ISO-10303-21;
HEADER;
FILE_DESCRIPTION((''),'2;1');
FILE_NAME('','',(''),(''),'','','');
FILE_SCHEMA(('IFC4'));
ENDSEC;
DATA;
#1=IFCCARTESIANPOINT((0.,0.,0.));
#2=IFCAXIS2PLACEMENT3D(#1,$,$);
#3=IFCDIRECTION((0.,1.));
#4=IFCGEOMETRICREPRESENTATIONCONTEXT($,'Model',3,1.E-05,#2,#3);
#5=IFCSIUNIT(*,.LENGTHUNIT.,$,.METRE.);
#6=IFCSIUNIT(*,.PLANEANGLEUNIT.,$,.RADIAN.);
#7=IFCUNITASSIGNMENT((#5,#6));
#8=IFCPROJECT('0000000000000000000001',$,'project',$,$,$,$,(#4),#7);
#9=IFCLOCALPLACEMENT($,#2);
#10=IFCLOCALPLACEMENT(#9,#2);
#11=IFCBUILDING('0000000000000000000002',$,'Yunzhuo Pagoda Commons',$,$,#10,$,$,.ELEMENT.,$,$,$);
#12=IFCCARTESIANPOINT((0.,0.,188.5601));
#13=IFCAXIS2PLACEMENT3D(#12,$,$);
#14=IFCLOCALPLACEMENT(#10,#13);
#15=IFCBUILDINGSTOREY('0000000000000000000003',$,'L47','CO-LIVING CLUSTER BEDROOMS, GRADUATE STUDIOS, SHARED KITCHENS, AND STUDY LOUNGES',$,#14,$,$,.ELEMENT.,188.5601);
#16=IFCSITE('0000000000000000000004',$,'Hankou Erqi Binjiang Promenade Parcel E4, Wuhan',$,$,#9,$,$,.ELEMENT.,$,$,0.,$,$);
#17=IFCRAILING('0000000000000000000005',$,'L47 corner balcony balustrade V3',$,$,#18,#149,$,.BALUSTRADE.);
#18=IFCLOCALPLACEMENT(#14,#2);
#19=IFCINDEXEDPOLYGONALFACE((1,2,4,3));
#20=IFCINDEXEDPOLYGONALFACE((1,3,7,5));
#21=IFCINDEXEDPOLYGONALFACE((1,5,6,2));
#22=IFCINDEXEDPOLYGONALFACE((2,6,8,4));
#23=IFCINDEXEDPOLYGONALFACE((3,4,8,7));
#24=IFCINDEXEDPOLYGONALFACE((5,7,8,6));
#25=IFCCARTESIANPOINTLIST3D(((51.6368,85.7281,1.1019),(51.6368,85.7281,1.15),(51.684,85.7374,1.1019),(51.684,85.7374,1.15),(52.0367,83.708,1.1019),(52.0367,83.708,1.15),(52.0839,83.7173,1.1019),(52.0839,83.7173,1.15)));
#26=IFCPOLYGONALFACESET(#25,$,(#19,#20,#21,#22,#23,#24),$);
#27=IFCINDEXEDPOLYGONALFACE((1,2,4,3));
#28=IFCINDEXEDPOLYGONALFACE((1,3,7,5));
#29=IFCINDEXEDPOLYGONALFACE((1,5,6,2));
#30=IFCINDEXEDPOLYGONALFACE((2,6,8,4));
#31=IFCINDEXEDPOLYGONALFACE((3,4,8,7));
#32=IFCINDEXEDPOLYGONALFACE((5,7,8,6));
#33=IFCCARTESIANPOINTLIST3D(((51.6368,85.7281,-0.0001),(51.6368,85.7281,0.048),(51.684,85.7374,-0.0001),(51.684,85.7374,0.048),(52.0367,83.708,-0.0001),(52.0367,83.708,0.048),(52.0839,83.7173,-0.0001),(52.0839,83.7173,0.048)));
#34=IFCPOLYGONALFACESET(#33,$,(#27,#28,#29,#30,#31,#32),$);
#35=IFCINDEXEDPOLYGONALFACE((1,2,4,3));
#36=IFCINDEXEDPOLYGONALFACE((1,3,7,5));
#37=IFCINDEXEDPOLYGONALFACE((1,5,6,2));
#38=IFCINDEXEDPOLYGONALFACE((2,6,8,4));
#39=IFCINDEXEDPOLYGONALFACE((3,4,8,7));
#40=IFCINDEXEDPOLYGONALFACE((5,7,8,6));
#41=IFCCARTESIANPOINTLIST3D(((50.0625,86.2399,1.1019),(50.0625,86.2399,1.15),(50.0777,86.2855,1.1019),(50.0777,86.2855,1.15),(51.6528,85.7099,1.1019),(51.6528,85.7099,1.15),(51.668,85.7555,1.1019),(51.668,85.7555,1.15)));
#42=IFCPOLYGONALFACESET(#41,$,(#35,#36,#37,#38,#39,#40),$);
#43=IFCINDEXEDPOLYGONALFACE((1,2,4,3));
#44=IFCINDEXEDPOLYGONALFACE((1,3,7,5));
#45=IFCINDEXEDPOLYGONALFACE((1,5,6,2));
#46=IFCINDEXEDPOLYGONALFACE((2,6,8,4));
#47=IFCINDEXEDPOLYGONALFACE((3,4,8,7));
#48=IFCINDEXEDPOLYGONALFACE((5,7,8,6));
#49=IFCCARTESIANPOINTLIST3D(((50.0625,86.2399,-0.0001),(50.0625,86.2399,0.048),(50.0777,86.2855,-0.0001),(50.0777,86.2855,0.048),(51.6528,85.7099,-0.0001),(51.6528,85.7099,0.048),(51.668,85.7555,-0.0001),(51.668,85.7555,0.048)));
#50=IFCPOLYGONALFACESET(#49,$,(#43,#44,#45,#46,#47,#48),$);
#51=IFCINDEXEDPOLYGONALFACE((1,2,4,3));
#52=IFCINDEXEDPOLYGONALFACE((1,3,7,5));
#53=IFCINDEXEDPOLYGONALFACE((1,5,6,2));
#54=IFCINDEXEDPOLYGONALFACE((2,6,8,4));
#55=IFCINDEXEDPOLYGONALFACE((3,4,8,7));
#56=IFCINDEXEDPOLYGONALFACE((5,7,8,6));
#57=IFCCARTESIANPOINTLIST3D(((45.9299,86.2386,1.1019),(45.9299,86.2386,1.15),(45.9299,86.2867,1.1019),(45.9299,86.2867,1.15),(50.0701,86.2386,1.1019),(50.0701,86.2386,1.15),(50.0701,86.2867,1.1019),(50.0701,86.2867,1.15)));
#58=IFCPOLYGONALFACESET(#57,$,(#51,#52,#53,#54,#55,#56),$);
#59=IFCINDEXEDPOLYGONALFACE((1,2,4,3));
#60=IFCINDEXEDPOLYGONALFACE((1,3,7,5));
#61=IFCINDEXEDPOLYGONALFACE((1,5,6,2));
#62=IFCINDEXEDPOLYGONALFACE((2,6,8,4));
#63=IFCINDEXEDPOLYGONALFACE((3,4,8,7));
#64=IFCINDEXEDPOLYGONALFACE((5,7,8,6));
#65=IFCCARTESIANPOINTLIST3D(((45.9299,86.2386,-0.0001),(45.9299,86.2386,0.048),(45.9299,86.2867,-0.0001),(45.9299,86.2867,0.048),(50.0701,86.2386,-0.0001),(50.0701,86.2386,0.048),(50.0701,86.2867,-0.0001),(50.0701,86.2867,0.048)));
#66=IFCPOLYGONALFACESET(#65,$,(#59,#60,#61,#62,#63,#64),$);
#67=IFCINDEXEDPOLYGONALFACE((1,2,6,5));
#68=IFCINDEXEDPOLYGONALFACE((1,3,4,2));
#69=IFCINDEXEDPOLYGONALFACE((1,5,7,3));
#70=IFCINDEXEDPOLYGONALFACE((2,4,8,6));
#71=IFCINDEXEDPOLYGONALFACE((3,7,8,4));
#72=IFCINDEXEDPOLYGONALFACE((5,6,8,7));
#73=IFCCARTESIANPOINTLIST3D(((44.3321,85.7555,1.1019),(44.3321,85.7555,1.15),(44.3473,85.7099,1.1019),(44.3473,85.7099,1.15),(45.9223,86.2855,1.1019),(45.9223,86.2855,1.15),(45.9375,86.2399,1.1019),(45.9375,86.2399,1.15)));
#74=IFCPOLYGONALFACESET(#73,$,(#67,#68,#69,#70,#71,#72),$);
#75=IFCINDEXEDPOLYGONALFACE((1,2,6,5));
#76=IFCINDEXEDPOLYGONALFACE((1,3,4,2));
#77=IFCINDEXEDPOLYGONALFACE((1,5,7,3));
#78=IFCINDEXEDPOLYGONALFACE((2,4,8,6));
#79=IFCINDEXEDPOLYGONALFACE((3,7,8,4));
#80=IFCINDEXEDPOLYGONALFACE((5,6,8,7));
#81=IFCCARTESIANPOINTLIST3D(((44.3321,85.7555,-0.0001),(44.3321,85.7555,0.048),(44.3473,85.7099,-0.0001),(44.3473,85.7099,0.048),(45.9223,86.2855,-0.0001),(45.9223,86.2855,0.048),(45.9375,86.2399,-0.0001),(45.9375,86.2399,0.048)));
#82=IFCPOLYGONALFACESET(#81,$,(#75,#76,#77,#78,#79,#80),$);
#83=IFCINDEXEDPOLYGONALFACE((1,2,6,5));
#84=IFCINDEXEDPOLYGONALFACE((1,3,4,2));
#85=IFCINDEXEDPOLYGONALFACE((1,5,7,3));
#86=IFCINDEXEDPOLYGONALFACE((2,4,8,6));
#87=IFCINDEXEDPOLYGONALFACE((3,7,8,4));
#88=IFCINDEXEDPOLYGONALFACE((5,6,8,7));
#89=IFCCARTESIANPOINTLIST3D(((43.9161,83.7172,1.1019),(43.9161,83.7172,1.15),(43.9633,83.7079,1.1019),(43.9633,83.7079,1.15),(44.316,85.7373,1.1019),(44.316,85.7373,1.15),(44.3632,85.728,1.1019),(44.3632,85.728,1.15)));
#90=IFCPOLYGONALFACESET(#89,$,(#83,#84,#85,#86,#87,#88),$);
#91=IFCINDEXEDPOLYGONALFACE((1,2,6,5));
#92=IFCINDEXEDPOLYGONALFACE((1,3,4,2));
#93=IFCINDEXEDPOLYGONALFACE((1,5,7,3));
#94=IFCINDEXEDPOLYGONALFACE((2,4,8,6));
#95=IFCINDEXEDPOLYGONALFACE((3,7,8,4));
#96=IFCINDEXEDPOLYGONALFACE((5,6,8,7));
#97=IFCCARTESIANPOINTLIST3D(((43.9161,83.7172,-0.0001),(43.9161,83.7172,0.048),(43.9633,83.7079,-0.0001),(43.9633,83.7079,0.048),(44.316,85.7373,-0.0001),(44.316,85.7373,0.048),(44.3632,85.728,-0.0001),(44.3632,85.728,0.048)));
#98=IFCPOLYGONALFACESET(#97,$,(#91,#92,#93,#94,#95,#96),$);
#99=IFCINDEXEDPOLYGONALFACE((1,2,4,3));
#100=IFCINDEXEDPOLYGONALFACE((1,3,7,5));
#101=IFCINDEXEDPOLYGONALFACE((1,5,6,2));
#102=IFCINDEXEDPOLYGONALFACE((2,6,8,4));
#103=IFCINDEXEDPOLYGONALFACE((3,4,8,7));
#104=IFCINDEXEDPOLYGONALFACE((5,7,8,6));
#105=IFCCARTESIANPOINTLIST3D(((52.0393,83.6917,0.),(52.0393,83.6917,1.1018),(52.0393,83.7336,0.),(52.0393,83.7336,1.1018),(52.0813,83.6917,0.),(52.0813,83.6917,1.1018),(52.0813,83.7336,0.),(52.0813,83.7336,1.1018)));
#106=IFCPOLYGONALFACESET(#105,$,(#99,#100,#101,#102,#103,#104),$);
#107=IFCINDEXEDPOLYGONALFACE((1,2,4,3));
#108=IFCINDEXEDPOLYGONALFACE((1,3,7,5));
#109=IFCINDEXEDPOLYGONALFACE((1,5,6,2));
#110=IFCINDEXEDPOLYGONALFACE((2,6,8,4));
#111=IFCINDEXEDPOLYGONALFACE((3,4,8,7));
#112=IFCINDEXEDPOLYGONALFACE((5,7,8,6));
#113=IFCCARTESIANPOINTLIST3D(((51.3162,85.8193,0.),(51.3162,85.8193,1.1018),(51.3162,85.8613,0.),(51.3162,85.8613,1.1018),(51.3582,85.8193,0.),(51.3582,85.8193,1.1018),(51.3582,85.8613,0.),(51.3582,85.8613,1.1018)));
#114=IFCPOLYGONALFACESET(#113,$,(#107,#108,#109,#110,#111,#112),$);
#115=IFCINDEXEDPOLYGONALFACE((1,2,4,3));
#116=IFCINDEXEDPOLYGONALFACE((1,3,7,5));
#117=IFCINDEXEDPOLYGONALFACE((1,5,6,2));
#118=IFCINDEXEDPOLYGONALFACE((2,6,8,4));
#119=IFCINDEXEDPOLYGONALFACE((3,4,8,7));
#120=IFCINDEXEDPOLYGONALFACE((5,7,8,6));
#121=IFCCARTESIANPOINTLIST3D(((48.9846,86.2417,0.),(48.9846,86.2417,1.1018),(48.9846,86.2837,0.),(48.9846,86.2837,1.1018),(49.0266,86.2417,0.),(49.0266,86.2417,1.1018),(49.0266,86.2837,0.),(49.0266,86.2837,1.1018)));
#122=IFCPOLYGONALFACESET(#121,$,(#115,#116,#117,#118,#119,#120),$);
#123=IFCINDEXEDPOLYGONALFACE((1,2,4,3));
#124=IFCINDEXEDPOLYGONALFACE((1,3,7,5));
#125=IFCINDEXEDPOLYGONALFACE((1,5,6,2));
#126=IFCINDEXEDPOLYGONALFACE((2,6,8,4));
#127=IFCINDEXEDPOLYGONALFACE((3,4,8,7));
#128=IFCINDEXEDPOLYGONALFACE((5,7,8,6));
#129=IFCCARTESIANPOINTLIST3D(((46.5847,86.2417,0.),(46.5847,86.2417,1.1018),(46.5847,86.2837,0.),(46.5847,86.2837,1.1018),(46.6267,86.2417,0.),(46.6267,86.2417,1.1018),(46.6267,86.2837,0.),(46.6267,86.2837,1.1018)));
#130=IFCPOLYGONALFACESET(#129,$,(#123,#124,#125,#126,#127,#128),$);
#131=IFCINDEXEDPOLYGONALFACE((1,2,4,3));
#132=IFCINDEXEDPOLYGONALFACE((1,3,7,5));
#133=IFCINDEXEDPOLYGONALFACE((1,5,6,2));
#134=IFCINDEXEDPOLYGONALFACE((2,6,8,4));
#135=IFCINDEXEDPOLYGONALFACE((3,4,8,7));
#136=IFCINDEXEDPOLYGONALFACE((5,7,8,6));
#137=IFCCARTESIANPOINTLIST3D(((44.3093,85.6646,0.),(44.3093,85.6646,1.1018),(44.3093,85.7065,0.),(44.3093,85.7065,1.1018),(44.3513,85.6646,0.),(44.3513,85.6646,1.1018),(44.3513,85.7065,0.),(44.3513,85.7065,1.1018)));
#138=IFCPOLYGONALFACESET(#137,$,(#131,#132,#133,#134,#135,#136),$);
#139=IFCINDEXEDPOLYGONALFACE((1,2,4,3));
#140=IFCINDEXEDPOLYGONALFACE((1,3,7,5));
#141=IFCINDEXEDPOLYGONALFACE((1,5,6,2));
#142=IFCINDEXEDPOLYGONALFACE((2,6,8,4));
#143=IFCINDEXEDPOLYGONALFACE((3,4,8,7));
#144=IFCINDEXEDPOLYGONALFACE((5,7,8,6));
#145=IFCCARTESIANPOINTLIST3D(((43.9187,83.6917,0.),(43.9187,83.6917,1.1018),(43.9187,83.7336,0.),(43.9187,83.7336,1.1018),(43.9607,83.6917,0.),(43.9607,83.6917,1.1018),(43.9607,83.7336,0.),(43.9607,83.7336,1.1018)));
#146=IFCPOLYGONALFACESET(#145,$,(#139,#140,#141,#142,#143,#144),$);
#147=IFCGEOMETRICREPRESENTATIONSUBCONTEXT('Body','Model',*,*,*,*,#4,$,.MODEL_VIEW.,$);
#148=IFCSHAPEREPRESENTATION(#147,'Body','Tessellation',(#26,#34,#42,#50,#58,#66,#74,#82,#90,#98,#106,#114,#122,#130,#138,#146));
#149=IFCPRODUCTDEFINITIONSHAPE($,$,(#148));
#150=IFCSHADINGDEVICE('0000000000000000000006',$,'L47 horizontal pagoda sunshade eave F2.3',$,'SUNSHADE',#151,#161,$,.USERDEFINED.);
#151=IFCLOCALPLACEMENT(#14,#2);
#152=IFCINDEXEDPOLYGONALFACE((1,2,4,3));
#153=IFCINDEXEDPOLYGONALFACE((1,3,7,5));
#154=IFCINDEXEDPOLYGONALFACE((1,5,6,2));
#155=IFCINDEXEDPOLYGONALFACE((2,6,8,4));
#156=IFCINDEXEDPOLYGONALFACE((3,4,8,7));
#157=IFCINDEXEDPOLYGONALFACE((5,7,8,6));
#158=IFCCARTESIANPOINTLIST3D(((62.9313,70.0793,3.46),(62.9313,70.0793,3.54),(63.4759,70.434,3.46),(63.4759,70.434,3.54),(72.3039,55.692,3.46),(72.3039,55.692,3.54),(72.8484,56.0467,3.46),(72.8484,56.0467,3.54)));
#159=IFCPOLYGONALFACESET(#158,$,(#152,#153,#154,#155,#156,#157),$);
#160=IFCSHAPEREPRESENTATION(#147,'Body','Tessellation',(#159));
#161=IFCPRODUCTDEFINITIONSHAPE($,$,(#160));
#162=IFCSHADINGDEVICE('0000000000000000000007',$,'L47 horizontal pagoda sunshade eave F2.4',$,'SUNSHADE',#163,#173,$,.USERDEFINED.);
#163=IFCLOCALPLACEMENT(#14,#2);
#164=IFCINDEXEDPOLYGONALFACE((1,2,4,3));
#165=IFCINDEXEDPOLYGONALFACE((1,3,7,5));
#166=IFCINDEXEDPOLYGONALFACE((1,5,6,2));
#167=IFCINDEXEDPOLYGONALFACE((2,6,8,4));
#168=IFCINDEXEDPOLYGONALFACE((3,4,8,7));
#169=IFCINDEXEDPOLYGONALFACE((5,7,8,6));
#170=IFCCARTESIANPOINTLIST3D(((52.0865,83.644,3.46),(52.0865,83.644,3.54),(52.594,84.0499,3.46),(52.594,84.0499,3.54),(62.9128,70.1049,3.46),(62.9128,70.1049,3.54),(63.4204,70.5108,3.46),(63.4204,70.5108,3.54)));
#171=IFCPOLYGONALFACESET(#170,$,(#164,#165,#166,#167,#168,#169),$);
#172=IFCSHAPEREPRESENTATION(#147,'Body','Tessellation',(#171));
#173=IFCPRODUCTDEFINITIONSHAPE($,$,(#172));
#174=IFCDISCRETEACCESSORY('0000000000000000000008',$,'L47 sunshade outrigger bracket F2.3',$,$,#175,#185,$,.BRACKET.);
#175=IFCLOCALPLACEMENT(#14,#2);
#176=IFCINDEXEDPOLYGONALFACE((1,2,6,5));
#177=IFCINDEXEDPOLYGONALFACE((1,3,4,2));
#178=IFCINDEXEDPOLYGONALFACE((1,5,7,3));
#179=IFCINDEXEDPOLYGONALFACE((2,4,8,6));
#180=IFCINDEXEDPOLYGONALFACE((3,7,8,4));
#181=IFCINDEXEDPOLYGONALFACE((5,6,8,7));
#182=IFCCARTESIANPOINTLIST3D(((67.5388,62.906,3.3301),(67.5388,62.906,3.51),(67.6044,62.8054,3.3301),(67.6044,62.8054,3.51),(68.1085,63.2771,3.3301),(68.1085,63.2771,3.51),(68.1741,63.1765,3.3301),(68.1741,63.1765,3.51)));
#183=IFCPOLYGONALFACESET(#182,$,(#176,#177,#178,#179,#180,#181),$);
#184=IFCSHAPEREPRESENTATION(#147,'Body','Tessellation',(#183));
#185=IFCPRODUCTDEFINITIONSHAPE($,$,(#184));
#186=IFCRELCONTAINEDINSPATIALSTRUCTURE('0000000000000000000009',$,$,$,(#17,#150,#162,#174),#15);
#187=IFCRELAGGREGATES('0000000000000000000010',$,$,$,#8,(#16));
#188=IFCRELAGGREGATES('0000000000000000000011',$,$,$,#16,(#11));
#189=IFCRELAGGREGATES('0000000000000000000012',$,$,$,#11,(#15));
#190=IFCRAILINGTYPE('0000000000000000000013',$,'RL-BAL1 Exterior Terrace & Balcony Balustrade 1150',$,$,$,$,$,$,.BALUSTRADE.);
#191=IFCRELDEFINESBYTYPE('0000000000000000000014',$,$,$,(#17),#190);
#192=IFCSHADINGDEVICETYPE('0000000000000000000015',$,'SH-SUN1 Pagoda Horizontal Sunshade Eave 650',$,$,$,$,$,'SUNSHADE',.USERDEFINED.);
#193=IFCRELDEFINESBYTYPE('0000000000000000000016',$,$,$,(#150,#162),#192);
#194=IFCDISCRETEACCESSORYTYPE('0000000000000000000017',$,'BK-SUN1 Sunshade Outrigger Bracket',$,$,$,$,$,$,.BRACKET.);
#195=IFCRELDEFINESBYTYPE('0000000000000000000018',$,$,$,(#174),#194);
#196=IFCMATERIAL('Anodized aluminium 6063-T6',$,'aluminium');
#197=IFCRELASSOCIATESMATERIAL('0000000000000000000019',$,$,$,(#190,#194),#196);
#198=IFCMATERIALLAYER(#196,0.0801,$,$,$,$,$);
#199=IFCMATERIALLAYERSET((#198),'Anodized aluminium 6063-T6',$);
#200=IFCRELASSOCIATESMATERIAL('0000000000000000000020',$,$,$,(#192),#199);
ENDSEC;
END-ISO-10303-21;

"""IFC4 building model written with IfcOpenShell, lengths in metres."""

from ifc_helpers import new_model, si_unit, direction, frame, origin, origin_2d, place, context, subcontext, project, spatial, rectangle, extrude, source, transform, mapped, material, layer, layer_set, type_object, element, save


model = new_model("IFC4")

# Units and contexts
model_context = context("Model", 3, precision=1e-05, world=origin(), true_north=direction((0.0, 1.0)))
body_context = subcontext(model_context, "Body", "Model", "MODEL_VIEW")
ifc_project = project(units=[si_unit("LENGTHUNIT", "METRE"), si_unit("PLANEANGLEUNIT", "RADIAN")], contexts=[model_context])

# Site, building, storey
site_placement = place(None, origin())
site = spatial("IfcSite", under=ifc_project, at=site_placement, Name="Hankou Erqi Binjiang Promenade Parcel E4, Wuhan", CompositionType="ELEMENT", RefElevation=0.0)
building_placement = place(site_placement, origin())
building = spatial("IfcBuilding", under=site, at=building_placement, Name="Yunzhuo Pagoda Commons", CompositionType="ELEMENT")
storey_placement = place(building_placement, frame((0.0, 0.0, 188.5601)))
storey = spatial("IfcBuildingStorey", under=building, at=storey_placement, Name="L47", Description="CO-LIVING CLUSTER BEDROOMS, GRADUATE STUDIOS, SHARED KITCHENS, AND STUDY LOUNGES", CompositionType="ELEMENT", Elevation=188.5601)

# Shared definitions
ifc_material_1 = material(Name="Anodized aluminium 6063-T6", Category="aluminium")

# Railing
railing_type_1 = type_object("IfcRailingType", Name="RL-BAL1 Exterior Terrace & Balcony Balustrade 1150", PredefinedType="BALUSTRADE", material=ifc_material_1)
railing_1_placement = place(storey_placement, frame((52.0603, 83.7126, 0.0)))
element("IfcRailing", 1, at=railing_1_placement, inside=storey, type_object=railing_type_1, Name="L47 corner balcony balustrade V3", PredefinedType="BALUSTRADE", context=body_context, shape_type="SweptSolid", body=[
    extrude(rectangle(XDim=0.0481, YDim=0.0481, at=origin_2d()), frame((0.0, 0.0, 1.126), z_axis=(-0.194201, 0.980962, 0.0), x_axis=(-0.980962, -0.194201, 0.0)), (0.0, 0.0, 1.0), 2.0593),
    extrude(rectangle(XDim=0.0481, YDim=0.0481, at=origin_2d()), frame((0.0, 0.0, 0.0239), z_axis=(-0.194201, 0.980962, 0.0), x_axis=(-0.980962, -0.194201, 0.0)), (0.0, 0.0, 1.0), 2.0593),
    extrude(rectangle(XDim=0.0481, YDim=0.0481, at=origin_2d()), frame((-0.3999, 2.02, 1.126), z_axis=(-0.948698, 0.316184, 0.0), x_axis=(-0.316184, -0.948698, 0.0)), (0.0, 0.0, 1.0), 1.6763),
    extrude(rectangle(XDim=0.0481, YDim=0.0481, at=origin_2d()), frame((-0.3999, 2.02, 0.0239), z_axis=(-0.948698, 0.316184, 0.0), x_axis=(-0.316184, -0.948698, 0.0)), (0.0, 0.0, 1.0), 1.6763),
    extrude(rectangle(XDim=0.0481, YDim=0.0481, at=origin_2d()), frame((-1.9902, 2.55, 1.126), z_axis=(-1.0, 0.0, 0.0), x_axis=(0.0, -1.0, 0.0)), (0.0, 0.0, 1.0), 4.1401),
    extrude(rectangle(XDim=0.0481, YDim=0.0481, at=origin_2d()), frame((-1.9902, 2.55, 0.0239), z_axis=(-1.0, 0.0, 0.0), x_axis=(0.0, -1.0, 0.0)), (0.0, 0.0, 1.0), 4.1401),
    extrude(rectangle(XDim=0.0481, YDim=0.0481, at=origin_2d()), frame((-6.1304, 2.55, 1.126), z_axis=(-0.948698, -0.316184, 0.0), x_axis=(0.316184, -0.948698, 0.0)), (0.0, 0.0, 1.0), 1.6763),
    extrude(rectangle(XDim=0.0481, YDim=0.0481, at=origin_2d()), frame((-6.1304, 2.55, 0.0239), z_axis=(-0.948698, -0.316184, 0.0), x_axis=(0.316184, -0.948698, 0.0)), (0.0, 0.0, 1.0), 1.6763),
    extrude(rectangle(XDim=0.0481, YDim=0.0481, at=origin_2d()), frame((-7.7207, 2.02, 1.126), z_axis=(-0.194201, -0.980962, 0.0), x_axis=(0.980962, -0.194201, 0.0)), (0.0, 0.0, 1.0), 2.0593),
    extrude(rectangle(XDim=0.0481, YDim=0.0481, at=origin_2d()), frame((-7.7207, 2.02, 0.0239), z_axis=(-0.194201, -0.980962, 0.0), x_axis=(0.980962, -0.194201, 0.0)), (0.0, 0.0, 1.0), 2.0593),
    extrude(rectangle(XDim=0.042, YDim=0.042, at=origin_2d()), origin(), (0.0, 0.0, 1.0), 1.1018),
    extrude(rectangle(XDim=0.042, YDim=0.042, at=origin_2d()), frame((-0.7231, 2.1277, 0.0)), (0.0, 0.0, 1.0), 1.1018),
    extrude(rectangle(XDim=0.042, YDim=0.042, at=origin_2d()), frame((-3.0547, 2.55, 0.0)), (0.0, 0.0, 1.0), 1.1018),
    extrude(rectangle(XDim=0.042, YDim=0.042, at=origin_2d()), frame((-5.4546, 2.55, 0.0)), (0.0, 0.0, 1.0), 1.1018),
    extrude(rectangle(XDim=0.042, YDim=0.042, at=origin_2d()), frame((-7.73, 1.9729, 0.0)), (0.0, 0.0, 1.0), 1.1018),
    extrude(rectangle(XDim=0.042, YDim=0.042, at=origin_2d()), frame((-8.1206, 0.0, 0.0)), (0.0, 0.0, 1.0), 1.1018),
])

# Shading devices
ifc_layer_1 = layer(ifc_material_1, 0.0801)
ifc_layer_set_1 = layer_set([ifc_layer_1], Name="Anodized aluminium 6063-T6")
shading_device_type = type_object("IfcShadingDeviceType", Name="SH-SUN1 Pagoda Horizontal Sunshade Eave 650", ElementType="SUNSHADE", PredefinedType="USERDEFINED", material=ifc_layer_set_1)
shared_shape_1 = source(origin(), body_context, "Body", "SweptSolid", [
    extrude(rectangle(XDim=17.1709, YDim=0.6499, at=origin_2d()), origin(), (0.0, 0.0, 1.0), 0.0801),
])
shading_device_1_placement = place(storey_placement, frame((67.8899, 63.063, 3.46), z_axis=(0.0, 0.0, 1.0), x_axis=(-0.545839, 0.83789, 0.0)))
element("IfcShadingDevice", 2, at=shading_device_1_placement, inside=storey, type_object=shading_device_type, Name="L47 horizontal pagoda sunshade eave F2.3", ObjectType="SUNSHADE", PredefinedType="USERDEFINED", context=body_context, shape_type="MappedRepresentation", body=[
    mapped(shared_shape_1, transform((0.0, 0.0, 0.0), scale=1.0)),
])
shared_shape_2 = source(origin(), body_context, "Body", "SweptSolid", [
    extrude(rectangle(XDim=17.3354, YDim=0.6499, at=origin_2d()), origin(), (0.0, 0.0, 1.0), 0.0801),
])
shading_device_2_placement = place(storey_placement, frame((57.7534, 77.0774, 3.46), z_axis=(0.0, 0.0, 1.0), x_axis=(-0.62452, 0.781008, 0.0)))
element("IfcShadingDevice", 3, at=shading_device_2_placement, inside=storey, type_object=shading_device_type, Name="L47 horizontal pagoda sunshade eave F2.4", ObjectType="SUNSHADE", PredefinedType="USERDEFINED", context=body_context, shape_type="MappedRepresentation", body=[
    mapped(shared_shape_2, transform((0.0, 0.0, 0.0), scale=1.0)),
])

# Discrete accessory
discrete_accessory_type = type_object("IfcDiscreteAccessoryType", Name="BK-SUN1 Sunshade Outrigger Bracket", PredefinedType="BRACKET", material=ifc_material_1)
shared_shape_3 = source(origin(), body_context, "Body", "SweptSolid", [
    extrude(rectangle(XDim=0.1201, YDim=0.6799, at=origin_2d()), origin(), (0.0, 0.0, 1.0), 0.1799),
])
discrete_accessory_placement = place(storey_placement, frame((67.8564, 63.0413, 3.3301), z_axis=(0.0, 0.0, 1.0), x_axis=(-0.545839, 0.83789, 0.0)))
element("IfcDiscreteAccessory", 4, at=discrete_accessory_placement, inside=storey, type_object=discrete_accessory_type, Name="L47 sunshade outrigger bracket F2.3", PredefinedType="BRACKET", context=body_context, shape_type="MappedRepresentation", body=[
    mapped(shared_shape_3, transform((0.0, 0.0, 0.0), scale=1.0)),
])

save(model, "model.ifc")
